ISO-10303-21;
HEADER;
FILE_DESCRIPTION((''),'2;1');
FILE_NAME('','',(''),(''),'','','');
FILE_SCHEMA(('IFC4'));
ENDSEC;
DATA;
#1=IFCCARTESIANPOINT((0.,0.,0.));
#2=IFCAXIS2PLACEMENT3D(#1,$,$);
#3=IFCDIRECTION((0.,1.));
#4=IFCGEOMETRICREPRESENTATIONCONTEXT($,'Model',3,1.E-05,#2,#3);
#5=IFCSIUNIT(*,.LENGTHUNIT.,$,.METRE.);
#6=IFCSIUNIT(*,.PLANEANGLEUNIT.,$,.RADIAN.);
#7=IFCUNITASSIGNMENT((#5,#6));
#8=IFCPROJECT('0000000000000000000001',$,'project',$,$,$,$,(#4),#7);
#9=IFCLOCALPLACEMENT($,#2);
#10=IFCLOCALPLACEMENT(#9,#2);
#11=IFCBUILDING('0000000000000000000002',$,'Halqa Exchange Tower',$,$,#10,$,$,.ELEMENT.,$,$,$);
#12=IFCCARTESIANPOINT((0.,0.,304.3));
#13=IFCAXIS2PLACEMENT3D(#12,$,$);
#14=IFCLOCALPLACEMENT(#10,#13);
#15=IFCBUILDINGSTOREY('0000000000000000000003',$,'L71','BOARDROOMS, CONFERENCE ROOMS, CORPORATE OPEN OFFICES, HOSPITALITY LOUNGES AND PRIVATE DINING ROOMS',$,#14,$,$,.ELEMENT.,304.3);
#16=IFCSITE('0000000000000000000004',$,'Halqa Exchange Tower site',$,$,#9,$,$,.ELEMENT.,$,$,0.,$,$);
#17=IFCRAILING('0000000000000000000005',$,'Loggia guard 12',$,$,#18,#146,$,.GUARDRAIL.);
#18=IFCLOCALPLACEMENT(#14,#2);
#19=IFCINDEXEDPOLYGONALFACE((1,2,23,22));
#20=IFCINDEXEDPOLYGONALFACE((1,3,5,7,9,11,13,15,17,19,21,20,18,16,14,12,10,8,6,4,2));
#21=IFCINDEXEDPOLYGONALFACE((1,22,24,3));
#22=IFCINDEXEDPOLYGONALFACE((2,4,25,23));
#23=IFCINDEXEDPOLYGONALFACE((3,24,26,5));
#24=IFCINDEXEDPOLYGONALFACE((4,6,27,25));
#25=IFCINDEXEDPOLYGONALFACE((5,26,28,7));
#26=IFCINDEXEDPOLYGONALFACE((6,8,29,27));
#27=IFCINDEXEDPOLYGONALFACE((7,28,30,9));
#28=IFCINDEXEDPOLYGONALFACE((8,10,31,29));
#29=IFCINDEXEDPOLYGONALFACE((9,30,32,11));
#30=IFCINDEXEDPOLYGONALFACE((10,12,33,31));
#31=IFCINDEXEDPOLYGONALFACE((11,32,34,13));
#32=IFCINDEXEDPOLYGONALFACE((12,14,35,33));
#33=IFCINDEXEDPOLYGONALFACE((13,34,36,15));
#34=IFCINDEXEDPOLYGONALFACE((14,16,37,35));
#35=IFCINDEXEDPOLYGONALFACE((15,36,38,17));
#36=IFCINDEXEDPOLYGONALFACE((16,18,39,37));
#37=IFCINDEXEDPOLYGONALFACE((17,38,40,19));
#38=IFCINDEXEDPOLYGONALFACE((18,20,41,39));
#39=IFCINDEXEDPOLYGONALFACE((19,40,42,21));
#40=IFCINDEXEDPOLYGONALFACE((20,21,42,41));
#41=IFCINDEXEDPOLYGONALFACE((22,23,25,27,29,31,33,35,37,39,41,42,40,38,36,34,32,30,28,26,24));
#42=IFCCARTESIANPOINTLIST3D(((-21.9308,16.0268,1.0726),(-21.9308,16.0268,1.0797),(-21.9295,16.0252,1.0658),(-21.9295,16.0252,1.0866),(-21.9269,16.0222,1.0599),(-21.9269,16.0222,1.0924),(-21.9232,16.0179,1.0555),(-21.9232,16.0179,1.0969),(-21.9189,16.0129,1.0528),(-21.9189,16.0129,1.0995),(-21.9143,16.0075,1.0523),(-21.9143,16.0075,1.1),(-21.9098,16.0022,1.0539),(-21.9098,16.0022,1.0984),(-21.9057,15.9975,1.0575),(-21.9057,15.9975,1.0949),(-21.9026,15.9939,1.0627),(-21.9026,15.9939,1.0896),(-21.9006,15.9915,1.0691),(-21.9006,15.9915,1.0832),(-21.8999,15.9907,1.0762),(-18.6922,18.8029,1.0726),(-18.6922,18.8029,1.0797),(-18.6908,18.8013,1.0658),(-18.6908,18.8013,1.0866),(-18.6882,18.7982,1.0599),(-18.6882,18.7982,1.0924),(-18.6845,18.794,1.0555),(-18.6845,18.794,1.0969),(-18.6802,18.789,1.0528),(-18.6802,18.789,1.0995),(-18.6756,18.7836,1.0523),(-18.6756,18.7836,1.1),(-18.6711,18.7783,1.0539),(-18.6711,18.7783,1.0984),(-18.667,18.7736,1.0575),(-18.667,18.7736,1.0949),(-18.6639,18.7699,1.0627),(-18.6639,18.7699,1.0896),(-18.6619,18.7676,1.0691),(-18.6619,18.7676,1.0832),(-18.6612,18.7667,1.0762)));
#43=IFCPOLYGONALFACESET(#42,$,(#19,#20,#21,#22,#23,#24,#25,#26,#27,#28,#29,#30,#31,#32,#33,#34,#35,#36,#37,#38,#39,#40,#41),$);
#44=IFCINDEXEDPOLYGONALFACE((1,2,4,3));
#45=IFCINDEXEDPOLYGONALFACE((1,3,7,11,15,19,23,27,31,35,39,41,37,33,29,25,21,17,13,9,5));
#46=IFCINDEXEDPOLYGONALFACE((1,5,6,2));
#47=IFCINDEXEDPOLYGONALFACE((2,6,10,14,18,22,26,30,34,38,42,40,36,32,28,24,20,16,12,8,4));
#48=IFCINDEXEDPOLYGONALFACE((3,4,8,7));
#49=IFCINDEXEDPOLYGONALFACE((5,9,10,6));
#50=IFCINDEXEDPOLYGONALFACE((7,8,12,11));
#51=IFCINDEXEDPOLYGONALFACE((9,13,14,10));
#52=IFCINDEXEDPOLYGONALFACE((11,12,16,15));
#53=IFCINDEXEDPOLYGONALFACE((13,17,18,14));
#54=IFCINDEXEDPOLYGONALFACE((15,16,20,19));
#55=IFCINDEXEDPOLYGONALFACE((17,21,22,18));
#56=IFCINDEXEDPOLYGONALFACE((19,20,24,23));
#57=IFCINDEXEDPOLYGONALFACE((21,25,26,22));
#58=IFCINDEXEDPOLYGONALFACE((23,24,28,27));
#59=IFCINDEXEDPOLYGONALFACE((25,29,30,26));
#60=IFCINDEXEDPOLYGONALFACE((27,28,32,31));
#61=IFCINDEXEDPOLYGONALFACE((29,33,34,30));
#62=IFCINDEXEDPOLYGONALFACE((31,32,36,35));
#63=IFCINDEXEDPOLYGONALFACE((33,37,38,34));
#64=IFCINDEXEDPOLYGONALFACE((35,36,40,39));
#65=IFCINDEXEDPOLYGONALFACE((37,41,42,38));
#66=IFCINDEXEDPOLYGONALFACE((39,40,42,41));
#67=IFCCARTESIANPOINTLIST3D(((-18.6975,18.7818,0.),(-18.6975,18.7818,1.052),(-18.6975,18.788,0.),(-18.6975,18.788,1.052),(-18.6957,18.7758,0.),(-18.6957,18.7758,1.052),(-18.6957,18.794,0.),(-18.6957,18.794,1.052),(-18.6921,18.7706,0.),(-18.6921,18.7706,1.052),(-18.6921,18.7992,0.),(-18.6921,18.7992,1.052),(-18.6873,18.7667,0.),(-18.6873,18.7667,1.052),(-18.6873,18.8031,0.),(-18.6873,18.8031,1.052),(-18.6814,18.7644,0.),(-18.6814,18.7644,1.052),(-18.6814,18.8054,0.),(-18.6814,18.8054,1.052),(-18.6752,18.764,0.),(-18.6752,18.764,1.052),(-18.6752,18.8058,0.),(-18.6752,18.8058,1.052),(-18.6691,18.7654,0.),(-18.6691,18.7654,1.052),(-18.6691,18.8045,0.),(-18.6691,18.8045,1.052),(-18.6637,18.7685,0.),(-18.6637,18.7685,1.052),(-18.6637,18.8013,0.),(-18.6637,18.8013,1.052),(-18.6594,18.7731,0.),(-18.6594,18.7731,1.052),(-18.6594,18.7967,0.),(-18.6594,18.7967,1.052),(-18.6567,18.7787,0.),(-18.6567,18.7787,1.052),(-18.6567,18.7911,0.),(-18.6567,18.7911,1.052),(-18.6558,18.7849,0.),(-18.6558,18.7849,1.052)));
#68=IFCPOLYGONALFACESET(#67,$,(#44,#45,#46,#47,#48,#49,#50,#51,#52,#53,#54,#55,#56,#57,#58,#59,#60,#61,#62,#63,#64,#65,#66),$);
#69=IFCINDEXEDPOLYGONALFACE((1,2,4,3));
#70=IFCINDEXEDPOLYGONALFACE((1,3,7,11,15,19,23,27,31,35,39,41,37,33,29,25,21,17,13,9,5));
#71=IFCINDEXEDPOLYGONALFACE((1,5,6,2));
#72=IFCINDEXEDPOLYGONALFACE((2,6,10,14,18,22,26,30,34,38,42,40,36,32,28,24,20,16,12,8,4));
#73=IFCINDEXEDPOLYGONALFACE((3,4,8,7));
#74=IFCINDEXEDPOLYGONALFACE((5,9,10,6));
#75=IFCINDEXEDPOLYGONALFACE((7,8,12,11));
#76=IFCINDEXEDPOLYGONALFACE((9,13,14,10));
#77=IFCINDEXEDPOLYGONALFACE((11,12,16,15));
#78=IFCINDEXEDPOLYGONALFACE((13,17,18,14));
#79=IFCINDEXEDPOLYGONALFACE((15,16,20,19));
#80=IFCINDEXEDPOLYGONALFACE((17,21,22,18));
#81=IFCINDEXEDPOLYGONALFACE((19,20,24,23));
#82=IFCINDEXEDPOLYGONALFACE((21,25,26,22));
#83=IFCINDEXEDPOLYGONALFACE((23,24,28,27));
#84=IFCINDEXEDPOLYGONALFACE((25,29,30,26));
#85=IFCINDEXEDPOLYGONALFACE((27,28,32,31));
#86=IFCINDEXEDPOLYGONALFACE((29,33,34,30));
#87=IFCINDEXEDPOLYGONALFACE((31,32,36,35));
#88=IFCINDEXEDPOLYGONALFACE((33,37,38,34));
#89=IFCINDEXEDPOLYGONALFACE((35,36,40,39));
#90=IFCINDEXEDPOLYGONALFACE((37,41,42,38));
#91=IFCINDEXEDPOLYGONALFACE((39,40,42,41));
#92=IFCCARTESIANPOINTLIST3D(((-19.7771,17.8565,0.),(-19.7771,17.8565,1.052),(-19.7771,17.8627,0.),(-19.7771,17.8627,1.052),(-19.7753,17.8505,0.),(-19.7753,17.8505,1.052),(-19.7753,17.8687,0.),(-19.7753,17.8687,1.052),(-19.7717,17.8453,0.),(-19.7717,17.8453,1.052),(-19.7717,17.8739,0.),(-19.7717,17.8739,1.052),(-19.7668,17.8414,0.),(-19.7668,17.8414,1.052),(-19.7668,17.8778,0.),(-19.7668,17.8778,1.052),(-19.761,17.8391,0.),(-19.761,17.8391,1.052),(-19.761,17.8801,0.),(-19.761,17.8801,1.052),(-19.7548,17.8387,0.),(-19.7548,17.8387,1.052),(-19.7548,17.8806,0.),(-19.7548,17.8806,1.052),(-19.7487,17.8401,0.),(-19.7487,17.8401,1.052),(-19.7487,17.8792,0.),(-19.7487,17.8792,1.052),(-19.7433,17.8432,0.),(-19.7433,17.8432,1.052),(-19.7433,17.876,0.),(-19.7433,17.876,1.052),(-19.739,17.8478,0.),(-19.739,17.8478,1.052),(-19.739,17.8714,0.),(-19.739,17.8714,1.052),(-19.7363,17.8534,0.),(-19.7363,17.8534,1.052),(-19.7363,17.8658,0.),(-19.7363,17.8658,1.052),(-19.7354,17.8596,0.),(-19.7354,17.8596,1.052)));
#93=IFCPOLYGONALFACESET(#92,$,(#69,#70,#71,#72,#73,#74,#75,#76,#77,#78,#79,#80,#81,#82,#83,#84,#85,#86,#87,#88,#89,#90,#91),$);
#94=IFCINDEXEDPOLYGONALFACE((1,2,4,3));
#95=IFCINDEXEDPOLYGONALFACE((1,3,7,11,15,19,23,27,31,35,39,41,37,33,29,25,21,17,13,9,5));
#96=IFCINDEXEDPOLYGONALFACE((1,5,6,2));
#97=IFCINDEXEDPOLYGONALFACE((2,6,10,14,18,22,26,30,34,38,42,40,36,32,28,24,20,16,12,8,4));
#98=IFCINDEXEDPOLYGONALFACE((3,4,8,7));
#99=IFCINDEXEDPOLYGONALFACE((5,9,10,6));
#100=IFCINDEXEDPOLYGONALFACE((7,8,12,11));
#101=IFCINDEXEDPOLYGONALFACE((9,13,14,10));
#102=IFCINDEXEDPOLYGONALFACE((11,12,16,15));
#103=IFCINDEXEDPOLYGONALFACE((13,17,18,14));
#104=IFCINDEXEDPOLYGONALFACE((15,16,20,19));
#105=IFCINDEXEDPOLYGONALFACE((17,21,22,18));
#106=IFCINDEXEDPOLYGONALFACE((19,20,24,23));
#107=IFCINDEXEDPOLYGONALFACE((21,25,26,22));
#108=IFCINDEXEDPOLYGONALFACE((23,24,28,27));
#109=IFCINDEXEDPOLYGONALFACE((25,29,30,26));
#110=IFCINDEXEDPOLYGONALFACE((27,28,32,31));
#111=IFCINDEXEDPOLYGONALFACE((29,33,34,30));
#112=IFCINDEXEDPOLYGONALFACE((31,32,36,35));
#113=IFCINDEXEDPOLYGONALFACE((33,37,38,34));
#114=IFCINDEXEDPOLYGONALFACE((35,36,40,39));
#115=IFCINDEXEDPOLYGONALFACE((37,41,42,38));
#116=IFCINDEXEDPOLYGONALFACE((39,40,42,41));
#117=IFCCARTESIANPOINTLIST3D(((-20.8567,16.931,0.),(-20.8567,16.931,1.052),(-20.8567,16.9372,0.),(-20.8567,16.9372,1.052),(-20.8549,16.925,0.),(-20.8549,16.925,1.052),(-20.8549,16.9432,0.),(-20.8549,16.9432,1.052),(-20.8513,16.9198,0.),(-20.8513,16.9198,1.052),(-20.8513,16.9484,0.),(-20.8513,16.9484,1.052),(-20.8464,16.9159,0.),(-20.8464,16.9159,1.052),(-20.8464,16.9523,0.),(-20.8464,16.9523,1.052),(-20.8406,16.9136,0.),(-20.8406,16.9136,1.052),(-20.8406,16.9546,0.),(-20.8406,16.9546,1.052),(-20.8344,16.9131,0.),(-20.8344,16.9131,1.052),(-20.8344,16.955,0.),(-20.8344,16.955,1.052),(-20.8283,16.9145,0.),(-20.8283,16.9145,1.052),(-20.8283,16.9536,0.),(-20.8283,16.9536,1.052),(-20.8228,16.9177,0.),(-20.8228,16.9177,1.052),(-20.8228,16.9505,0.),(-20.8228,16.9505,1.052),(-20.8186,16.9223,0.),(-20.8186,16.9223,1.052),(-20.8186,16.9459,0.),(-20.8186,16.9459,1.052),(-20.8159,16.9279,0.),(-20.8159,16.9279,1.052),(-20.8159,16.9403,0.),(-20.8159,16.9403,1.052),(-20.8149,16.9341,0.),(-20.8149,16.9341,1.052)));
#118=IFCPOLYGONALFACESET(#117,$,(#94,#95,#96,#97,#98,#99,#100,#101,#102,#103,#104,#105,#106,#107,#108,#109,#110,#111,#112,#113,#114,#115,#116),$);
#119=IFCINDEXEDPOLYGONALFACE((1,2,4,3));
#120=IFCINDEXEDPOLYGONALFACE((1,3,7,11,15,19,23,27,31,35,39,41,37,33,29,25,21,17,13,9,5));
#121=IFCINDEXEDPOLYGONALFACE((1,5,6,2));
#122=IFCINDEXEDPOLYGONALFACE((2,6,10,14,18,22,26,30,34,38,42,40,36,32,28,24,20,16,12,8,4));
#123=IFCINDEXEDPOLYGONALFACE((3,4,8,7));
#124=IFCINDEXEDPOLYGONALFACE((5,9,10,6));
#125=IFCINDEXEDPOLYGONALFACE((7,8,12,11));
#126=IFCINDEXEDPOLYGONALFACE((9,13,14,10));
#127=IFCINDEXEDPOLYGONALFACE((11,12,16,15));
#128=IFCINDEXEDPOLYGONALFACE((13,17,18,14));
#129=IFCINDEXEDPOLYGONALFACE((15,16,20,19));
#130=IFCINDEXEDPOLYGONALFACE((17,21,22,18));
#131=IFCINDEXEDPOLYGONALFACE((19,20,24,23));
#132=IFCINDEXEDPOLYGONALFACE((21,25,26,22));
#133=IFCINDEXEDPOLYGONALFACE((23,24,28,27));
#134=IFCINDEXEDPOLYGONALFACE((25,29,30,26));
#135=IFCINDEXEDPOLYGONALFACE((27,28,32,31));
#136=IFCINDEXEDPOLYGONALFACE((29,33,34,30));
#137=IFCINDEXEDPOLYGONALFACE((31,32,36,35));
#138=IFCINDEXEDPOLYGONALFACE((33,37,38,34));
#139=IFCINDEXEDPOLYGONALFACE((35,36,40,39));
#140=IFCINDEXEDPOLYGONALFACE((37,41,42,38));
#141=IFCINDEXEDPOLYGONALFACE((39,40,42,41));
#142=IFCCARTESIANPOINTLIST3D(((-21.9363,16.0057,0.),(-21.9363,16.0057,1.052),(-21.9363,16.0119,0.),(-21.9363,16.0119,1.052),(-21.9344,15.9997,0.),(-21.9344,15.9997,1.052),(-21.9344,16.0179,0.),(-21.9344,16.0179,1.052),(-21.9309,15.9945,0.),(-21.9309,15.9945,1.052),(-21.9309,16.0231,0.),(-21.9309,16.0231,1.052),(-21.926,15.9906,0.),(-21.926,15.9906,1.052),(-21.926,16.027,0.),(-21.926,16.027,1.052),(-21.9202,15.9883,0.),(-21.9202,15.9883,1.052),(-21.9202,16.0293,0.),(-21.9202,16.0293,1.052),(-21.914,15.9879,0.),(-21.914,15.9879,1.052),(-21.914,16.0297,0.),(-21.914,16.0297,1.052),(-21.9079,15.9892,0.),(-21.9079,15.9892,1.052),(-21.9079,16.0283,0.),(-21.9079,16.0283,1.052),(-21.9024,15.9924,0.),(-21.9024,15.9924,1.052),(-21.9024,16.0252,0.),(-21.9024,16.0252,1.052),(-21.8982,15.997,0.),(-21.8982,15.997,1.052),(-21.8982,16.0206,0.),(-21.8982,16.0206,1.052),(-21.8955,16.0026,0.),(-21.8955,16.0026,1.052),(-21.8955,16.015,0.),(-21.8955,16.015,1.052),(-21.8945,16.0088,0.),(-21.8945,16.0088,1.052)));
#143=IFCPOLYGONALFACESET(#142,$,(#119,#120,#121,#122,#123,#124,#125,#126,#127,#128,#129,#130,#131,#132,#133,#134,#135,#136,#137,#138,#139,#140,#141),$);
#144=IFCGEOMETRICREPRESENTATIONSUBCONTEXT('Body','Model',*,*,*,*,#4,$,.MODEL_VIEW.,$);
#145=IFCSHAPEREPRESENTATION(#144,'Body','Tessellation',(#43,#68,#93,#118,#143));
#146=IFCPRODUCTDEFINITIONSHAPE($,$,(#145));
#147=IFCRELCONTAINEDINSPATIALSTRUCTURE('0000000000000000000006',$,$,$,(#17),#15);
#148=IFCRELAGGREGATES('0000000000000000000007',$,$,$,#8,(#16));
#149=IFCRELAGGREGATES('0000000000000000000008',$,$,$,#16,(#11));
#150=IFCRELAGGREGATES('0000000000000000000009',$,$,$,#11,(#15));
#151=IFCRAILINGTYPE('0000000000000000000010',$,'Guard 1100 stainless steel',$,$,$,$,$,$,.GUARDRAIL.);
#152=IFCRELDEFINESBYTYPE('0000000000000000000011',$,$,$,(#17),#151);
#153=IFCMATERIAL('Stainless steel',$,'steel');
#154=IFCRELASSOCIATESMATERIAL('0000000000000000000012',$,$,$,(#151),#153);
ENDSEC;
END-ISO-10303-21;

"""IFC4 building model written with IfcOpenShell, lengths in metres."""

from ifc_helpers import new_model, si_unit, direction, frame, origin, origin_2d, place, context, subcontext, project, spatial, circle, extrude, material, type_object, element, save


model = new_model("IFC4")

# Units and contexts
model_context = context("Model", 3, precision=1e-05, world=origin(), true_north=direction((0.0, 1.0)))
body_context = subcontext(model_context, "Body", "Model", "MODEL_VIEW")
ifc_project = project(units=[si_unit("LENGTHUNIT", "METRE"), si_unit("PLANEANGLEUNIT", "RADIAN")], contexts=[model_context])

# Site, building, storey
site_placement = place(None, origin())
site = spatial("IfcSite", under=ifc_project, at=site_placement, Name="Halqa Exchange Tower site", CompositionType="ELEMENT", RefElevation=0.0)
building_placement = place(site_placement, origin())
building = spatial("IfcBuilding", under=site, at=building_placement, Name="Halqa Exchange Tower", CompositionType="ELEMENT")
storey_placement = place(building_placement, frame((0.0, 0.0, 304.3)))
storey = spatial("IfcBuildingStorey", under=building, at=storey_placement, Name="L71", Description="BOARDROOMS, CONFERENCE ROOMS, CORPORATE OPEN OFFICES, HOSPITALITY LOUNGES AND PRIVATE DINING ROOMS", CompositionType="ELEMENT", Elevation=304.3)

# Railing
ifc_material_1 = material(Name="Stainless steel", Category="steel")
railing_type = type_object("IfcRailingType", Name="Guard 1100 stainless steel", PredefinedType="GUARDRAIL", material=ifc_material_1)
railing_1_placement = place(storey_placement, frame((-18.6768, 18.7849, 0.0)))
element("IfcRailing", 1, at=railing_1_placement, inside=storey, type_object=railing_type, Name="Loggia guard 12", PredefinedType="GUARDRAIL", context=body_context, shape_type="SweptSolid", body=[
    extrude(circle(Radius=0.0239, at=origin_2d()), frame((0.0, 0.0, 1.0762), z_axis=(-0.759253, -0.650796, 0.0), x_axis=(0.650796, -0.759253, 0.0)), (0.0, 0.0, 1.0), 4.2656),
    extrude(circle(Radius=0.021, at=origin_2d()), origin(), (0.0, 0.0, 1.0), 1.052),
    extrude(circle(Radius=0.021, at=origin_2d()), frame((-1.0796, -0.9253, 0.0)), (0.0, 0.0, 1.0), 1.052),
    extrude(circle(Radius=0.021, at=origin_2d()), frame((-2.1592, -1.8508, 0.0)), (0.0, 0.0, 1.0), 1.052),
    extrude(circle(Radius=0.021, at=origin_2d()), frame((-3.2388, -2.7761, 0.0)), (0.0, 0.0, 1.0), 1.052),
])

save(model, "model.ifc")
